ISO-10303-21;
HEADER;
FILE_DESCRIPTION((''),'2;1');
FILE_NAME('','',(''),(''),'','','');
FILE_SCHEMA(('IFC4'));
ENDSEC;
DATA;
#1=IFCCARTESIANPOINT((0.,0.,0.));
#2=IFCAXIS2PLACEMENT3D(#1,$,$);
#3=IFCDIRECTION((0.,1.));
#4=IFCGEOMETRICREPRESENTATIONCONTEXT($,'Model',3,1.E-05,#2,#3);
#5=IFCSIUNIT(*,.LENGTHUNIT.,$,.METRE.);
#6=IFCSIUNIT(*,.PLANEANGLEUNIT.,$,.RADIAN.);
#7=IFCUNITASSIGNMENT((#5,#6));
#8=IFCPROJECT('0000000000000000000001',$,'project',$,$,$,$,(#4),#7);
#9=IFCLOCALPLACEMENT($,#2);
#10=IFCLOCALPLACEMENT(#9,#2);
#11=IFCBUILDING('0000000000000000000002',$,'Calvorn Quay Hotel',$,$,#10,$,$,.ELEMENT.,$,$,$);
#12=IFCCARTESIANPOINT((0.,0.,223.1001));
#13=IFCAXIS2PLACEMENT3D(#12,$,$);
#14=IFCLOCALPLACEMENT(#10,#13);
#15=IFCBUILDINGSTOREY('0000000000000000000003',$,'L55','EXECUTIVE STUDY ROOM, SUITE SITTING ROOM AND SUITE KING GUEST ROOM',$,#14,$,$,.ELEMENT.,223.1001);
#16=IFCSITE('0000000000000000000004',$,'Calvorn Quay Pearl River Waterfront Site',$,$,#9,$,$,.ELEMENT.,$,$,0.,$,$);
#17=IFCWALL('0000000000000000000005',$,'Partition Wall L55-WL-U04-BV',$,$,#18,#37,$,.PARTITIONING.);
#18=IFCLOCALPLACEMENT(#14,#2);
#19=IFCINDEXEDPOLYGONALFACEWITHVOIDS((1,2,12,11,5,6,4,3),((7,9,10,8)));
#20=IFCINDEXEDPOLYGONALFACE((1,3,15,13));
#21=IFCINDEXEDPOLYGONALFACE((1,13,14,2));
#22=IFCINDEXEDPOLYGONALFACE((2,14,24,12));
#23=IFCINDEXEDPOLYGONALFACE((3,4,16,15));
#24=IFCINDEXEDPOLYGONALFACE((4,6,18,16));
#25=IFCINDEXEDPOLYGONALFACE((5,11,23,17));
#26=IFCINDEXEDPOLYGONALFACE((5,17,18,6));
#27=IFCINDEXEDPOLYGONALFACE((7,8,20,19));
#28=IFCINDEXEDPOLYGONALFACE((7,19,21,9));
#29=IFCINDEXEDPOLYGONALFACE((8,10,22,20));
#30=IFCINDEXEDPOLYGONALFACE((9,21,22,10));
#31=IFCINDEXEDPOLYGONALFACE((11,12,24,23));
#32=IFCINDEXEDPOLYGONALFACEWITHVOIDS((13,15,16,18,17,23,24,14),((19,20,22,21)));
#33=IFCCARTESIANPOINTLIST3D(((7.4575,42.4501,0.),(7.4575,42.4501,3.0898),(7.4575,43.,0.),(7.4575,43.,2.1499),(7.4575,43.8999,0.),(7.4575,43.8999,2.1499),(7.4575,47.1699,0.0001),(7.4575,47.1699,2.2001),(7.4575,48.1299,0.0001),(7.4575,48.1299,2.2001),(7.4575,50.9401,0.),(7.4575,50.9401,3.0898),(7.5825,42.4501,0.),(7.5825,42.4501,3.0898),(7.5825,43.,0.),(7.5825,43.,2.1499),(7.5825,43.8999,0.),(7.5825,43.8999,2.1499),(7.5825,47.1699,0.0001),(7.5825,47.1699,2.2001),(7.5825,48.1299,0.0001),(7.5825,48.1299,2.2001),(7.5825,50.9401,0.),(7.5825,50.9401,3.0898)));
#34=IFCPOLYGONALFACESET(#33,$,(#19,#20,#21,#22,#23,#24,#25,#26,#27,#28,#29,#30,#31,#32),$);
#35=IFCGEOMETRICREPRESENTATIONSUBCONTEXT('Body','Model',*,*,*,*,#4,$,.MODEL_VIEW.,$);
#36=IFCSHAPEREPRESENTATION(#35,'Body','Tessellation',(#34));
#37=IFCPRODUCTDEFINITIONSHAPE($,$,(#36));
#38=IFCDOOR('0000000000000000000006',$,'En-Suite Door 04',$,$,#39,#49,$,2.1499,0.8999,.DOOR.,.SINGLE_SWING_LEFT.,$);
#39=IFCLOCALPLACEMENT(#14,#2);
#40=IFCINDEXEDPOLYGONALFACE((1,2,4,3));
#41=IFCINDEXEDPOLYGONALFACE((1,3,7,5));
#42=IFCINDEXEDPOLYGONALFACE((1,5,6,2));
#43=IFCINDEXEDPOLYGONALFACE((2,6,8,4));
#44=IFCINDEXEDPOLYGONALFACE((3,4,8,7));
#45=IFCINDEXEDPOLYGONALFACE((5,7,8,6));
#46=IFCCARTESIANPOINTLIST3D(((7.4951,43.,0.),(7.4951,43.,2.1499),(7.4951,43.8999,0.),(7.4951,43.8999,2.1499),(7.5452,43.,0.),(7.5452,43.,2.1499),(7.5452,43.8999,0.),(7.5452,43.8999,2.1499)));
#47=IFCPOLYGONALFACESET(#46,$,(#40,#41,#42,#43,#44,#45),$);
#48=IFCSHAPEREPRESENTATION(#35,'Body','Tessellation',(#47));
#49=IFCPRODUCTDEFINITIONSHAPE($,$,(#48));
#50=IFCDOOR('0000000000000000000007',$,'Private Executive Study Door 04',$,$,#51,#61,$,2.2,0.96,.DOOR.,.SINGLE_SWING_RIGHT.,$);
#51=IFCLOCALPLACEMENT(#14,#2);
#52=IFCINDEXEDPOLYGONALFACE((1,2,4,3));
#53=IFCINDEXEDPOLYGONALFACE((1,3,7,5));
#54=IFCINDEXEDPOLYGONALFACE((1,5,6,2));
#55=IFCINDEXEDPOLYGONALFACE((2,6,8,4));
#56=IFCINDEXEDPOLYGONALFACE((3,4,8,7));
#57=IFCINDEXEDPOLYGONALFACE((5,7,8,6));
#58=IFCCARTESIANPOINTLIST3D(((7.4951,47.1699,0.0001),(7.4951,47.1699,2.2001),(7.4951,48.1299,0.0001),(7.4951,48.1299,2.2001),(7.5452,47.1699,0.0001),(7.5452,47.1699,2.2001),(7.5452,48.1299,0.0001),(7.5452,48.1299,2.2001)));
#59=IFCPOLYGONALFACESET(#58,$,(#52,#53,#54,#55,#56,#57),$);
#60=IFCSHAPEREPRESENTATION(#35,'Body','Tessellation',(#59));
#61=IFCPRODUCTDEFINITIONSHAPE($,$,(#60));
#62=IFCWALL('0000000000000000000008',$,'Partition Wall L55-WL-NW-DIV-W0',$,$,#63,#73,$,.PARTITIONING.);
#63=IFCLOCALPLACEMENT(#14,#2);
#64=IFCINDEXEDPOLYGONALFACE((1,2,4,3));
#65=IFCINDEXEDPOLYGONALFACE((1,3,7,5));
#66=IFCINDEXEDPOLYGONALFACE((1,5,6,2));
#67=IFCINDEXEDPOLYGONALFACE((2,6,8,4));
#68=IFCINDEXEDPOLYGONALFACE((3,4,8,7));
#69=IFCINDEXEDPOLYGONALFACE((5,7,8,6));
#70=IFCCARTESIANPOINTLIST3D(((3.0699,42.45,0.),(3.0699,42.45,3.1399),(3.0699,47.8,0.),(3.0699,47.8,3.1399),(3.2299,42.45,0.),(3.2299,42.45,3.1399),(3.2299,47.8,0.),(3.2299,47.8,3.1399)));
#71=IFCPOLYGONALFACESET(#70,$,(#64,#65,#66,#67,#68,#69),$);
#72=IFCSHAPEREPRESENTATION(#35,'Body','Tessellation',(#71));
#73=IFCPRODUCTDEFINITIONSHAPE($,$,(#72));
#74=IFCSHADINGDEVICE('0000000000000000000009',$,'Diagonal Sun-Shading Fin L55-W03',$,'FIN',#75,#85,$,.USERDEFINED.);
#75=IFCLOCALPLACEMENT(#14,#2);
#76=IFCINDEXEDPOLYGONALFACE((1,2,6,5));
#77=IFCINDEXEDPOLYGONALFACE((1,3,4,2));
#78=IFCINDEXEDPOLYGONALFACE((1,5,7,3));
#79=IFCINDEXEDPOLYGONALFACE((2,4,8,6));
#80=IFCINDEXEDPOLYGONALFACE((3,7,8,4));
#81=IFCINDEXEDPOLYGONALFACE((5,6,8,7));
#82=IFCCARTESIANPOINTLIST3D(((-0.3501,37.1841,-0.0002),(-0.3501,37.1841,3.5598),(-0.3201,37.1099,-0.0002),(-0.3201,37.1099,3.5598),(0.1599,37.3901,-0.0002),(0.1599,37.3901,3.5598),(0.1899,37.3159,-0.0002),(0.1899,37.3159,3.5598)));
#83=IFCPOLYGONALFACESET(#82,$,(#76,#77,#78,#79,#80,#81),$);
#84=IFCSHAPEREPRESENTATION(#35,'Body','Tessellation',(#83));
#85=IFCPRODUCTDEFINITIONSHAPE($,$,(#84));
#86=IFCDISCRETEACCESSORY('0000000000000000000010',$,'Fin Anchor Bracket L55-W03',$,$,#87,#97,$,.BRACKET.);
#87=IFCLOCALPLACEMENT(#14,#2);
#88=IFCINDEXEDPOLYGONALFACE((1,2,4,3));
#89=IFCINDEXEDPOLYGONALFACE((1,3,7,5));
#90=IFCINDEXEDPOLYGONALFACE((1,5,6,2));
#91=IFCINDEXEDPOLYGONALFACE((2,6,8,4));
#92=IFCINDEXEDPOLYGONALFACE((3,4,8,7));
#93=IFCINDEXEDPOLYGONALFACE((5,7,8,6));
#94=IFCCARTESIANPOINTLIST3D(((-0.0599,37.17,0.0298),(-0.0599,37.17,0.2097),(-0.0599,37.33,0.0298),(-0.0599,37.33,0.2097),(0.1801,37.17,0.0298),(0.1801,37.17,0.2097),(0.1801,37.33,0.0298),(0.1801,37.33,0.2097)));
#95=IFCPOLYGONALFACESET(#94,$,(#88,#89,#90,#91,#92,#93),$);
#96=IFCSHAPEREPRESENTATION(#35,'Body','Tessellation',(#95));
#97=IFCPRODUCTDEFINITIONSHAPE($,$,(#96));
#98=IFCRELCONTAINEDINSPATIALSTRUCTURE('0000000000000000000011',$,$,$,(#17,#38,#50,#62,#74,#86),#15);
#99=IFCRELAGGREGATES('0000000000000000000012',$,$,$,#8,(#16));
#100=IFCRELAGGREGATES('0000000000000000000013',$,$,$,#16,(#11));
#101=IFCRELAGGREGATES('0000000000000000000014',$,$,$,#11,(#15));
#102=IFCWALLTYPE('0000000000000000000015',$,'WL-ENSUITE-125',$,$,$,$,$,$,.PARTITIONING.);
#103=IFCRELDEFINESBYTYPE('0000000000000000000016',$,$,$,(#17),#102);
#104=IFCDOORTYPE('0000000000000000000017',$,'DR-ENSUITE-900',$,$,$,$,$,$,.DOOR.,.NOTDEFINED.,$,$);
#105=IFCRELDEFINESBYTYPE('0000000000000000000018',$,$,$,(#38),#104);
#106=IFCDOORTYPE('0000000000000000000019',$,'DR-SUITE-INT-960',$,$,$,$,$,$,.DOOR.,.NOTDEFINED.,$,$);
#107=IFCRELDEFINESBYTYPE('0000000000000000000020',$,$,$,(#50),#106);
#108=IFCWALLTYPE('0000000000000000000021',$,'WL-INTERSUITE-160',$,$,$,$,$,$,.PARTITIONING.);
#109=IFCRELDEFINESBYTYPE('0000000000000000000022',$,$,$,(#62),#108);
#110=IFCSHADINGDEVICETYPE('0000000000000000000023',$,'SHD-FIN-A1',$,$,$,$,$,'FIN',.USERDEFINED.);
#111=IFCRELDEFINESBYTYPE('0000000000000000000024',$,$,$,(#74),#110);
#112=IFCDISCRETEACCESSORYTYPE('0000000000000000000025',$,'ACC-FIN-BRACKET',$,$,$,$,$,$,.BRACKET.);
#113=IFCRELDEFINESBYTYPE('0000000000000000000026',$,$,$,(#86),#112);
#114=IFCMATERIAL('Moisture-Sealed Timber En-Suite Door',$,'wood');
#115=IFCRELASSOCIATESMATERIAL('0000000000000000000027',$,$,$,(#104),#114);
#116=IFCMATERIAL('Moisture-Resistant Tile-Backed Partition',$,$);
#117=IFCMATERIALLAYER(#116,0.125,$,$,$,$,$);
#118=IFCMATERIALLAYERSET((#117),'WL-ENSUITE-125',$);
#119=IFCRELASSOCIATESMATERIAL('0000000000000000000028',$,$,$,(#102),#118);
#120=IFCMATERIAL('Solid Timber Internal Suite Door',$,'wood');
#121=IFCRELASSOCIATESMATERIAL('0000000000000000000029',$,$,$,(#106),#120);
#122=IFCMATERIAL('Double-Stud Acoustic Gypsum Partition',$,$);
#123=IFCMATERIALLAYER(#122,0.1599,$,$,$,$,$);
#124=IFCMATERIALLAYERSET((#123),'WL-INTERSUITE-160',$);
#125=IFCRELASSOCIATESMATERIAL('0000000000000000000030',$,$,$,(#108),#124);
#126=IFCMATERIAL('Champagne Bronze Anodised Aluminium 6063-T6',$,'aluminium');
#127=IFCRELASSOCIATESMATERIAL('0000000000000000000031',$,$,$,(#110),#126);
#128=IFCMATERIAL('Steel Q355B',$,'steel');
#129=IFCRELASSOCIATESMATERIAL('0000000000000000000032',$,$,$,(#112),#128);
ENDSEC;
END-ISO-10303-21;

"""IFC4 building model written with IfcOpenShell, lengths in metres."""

from ifc_helpers import new_model, si_unit, direction, frame, frame_2d, origin, origin_2d, place, context, subcontext, project, spatial, rectangle, extrude, material, layer, layer_set, type_object, element, fill, save


model = new_model("IFC4")

# Units and contexts
model_context = context("Model", 3, precision=1e-05, world=origin(), true_north=direction((0.0, 1.0)))
body_context = subcontext(model_context, "Body", "Model", "MODEL_VIEW")
ifc_project = project(units=[si_unit("LENGTHUNIT", "METRE"), si_unit("PLANEANGLEUNIT", "RADIAN")], contexts=[model_context])

# Site, building, storey
site_placement = place(None, origin())
site = spatial("IfcSite", under=ifc_project, at=site_placement, Name="Calvorn Quay Pearl River Waterfront Site", CompositionType="ELEMENT", RefElevation=0.0)
building_placement = place(site_placement, origin())
building = spatial("IfcBuilding", under=site, at=building_placement, Name="Calvorn Quay Hotel", CompositionType="ELEMENT")
storey_placement = place(building_placement, frame((0.0, 0.0, 223.1001)))
storey = spatial("IfcBuildingStorey", under=building, at=storey_placement, Name="L55", Description="EXECUTIVE STUDY ROOM, SUITE SITTING ROOM AND SUITE KING GUEST ROOM", CompositionType="ELEMENT", Elevation=223.1001)

# Shared definitions
ifc_material_1 = material(Name="Moisture-Sealed Timber En-Suite Door", Category="wood")
door_type_1 = type_object("IfcDoorType", Name="DR-ENSUITE-900", OperationType="NOTDEFINED", PredefinedType="DOOR", material=ifc_material_1)

# Wall, openings, doors
ifc_material_2 = material(Name="Moisture-Resistant Tile-Backed Partition")
ifc_layer_1 = layer(ifc_material_2, 0.125)
ifc_layer_set_1 = layer_set([ifc_layer_1], Name="WL-ENSUITE-125")
wall_type_1 = type_object("IfcWallType", Name="WL-ENSUITE-125", PredefinedType="PARTITIONING", material=ifc_layer_set_1)
wall_1_placement = place(storey_placement, frame((7.52, 42.45, 0.0), z_axis=(0.0, 0.0, 1.0), x_axis=(0.0, 1.0, 0.0)))
wall_1 = element("IfcWall", 1, at=wall_1_placement, inside=storey, type_object=wall_type_1, Name="Partition Wall L55-WL-U04-BV", PredefinedType="PARTITIONING", context=body_context, shape_type="SweptSolid", body=[
    extrude(rectangle(XDim=8.49, YDim=0.125, at=frame_2d((4.2451, 0.0))), origin(), (0.0, 0.0, 1.0), 3.0898),
])
opening_1_placement = place(wall_1_placement, frame((0.55, 0.0, 0.0)))
opening_1 = element("IfcOpeningElement", 2, at=opening_1_placement, cuts=wall_1, PredefinedType="OPENING", context=body_context, shape_type="SweptSolid", body=[
    extrude(rectangle(XDim=0.8999, YDim=2.1499, at=frame_2d((0.45, 1.075))), frame((0.0, 0.0725, 0.0), z_axis=(0.0, -1.0, 0.0), x_axis=(1.0, 0.0, 0.0)), (0.0, 0.0, 1.0), 0.145),
])
opening_2_placement = place(wall_1_placement, frame((4.72, 0.0, 0.0)))
opening_2 = element("IfcOpeningElement", 3, at=opening_2_placement, cuts=wall_1, PredefinedType="OPENING", context=body_context, shape_type="SweptSolid", body=[
    extrude(rectangle(XDim=0.96, YDim=2.2, at=frame_2d((0.48, 1.1001))), frame((0.0, 0.0725, 0.0), z_axis=(0.0, -1.0, 0.0), x_axis=(1.0, 0.0, 0.0)), (0.0, 0.0, 1.0), 0.145),
])
door_1_placement = place(opening_1_placement, origin())
door_1 = element("IfcDoor", 4, at=door_1_placement, inside=storey, type_object=door_type_1, Name="En-Suite Door 04", OperationType="SINGLE_SWING_LEFT", OverallHeight=2.1499, OverallWidth=0.8999, PredefinedType="DOOR", context=body_context, shape_type="SweptSolid", body=[
    extrude(rectangle(XDim=0.8999, YDim=2.1499, at=frame_2d((0.45, 1.075))), frame((0.0, 0.0249, 0.0), z_axis=(0.0, -1.0, 0.0), x_axis=(1.0, 0.0, 0.0)), (0.0, 0.0, 1.0), 0.05),
])
fill(opening_1, door_1)
ifc_material_3 = material(Name="Solid Timber Internal Suite Door", Category="wood")
door_type_2 = type_object("IfcDoorType", Name="DR-SUITE-INT-960", OperationType="NOTDEFINED", PredefinedType="DOOR", material=ifc_material_3)
door_2_placement = place(opening_2_placement, origin())
door_2 = element("IfcDoor", 5, at=door_2_placement, inside=storey, type_object=door_type_2, Name="Private Executive Study Door 04", OperationType="SINGLE_SWING_RIGHT", OverallHeight=2.2, OverallWidth=0.96, PredefinedType="DOOR", context=body_context, shape_type="SweptSolid", body=[
    extrude(rectangle(XDim=0.96, YDim=2.2, at=frame_2d((0.48, 1.1001))), frame((0.0, 0.0249, 0.0), z_axis=(0.0, -1.0, 0.0), x_axis=(1.0, 0.0, 0.0)), (0.0, 0.0, 1.0), 0.05),
])
fill(opening_2, door_2)

# Wall
ifc_material_4 = material(Name="Double-Stud Acoustic Gypsum Partition")
ifc_layer_2 = layer(ifc_material_4, 0.1599)
ifc_layer_set_2 = layer_set([ifc_layer_2], Name="WL-INTERSUITE-160")
wall_type_2 = type_object("IfcWallType", Name="WL-INTERSUITE-160", PredefinedType="PARTITIONING", material=ifc_layer_set_2)
wall_2_placement = place(storey_placement, frame((3.1499, 42.45, 0.0), z_axis=(0.0, 0.0, 1.0), x_axis=(0.0, 1.0, 0.0)))
element("IfcWall", 6, at=wall_2_placement, inside=storey, type_object=wall_type_2, Name="Partition Wall L55-WL-NW-DIV-W0", PredefinedType="PARTITIONING", context=body_context, shape_type="SweptSolid", body=[
    extrude(rectangle(XDim=5.3501, YDim=0.1599, at=frame_2d((2.675, 0.0))), origin(), (0.0, 0.0, 1.0), 3.1399),
])

# Shading device
ifc_material_5 = material(Name="Champagne Bronze Anodised Aluminium 6063-T6", Category="aluminium")
shading_device_type = type_object("IfcShadingDeviceType", Name="SHD-FIN-A1", ElementType="FIN", PredefinedType="USERDEFINED", material=ifc_material_5)
shading_device_placement = place(storey_placement, frame((-0.0801, 37.25, -0.0002), z_axis=(0.0, 0.0, 1.0), x_axis=(0.927184, 0.374607, 0.0)))
element("IfcShadingDevice", 7, at=shading_device_placement, inside=storey, type_object=shading_device_type, Name="Diagonal Sun-Shading Fin L55-W03", ObjectType="FIN", PredefinedType="USERDEFINED", context=body_context, shape_type="SweptSolid", body=[
    extrude(rectangle(XDim=0.55, YDim=0.0801, at=origin_2d()), origin(), (0.0, 0.0, 1.0), 3.5601),
])

# Discrete accessory
ifc_material_6 = material(Name="Steel Q355B", Category="steel")
discrete_accessory_type = type_object("IfcDiscreteAccessoryType", Name="ACC-FIN-BRACKET", PredefinedType="BRACKET", material=ifc_material_6)
discrete_accessory_placement = place(storey_placement, frame((0.0601, 37.25, 0.0298), z_axis=(0.0, 0.0, 1.0), x_axis=(1.0, 0.0, 0.0)))
element("IfcDiscreteAccessory", 8, at=discrete_accessory_placement, inside=storey, type_object=discrete_accessory_type, Name="Fin Anchor Bracket L55-W03", PredefinedType="BRACKET", context=body_context, shape_type="SweptSolid", body=[
    extrude(rectangle(XDim=0.24, YDim=0.1599, at=origin_2d()), origin(), (0.0, 0.0, 1.0), 0.1799),
])

save(model, "model.ifc")
